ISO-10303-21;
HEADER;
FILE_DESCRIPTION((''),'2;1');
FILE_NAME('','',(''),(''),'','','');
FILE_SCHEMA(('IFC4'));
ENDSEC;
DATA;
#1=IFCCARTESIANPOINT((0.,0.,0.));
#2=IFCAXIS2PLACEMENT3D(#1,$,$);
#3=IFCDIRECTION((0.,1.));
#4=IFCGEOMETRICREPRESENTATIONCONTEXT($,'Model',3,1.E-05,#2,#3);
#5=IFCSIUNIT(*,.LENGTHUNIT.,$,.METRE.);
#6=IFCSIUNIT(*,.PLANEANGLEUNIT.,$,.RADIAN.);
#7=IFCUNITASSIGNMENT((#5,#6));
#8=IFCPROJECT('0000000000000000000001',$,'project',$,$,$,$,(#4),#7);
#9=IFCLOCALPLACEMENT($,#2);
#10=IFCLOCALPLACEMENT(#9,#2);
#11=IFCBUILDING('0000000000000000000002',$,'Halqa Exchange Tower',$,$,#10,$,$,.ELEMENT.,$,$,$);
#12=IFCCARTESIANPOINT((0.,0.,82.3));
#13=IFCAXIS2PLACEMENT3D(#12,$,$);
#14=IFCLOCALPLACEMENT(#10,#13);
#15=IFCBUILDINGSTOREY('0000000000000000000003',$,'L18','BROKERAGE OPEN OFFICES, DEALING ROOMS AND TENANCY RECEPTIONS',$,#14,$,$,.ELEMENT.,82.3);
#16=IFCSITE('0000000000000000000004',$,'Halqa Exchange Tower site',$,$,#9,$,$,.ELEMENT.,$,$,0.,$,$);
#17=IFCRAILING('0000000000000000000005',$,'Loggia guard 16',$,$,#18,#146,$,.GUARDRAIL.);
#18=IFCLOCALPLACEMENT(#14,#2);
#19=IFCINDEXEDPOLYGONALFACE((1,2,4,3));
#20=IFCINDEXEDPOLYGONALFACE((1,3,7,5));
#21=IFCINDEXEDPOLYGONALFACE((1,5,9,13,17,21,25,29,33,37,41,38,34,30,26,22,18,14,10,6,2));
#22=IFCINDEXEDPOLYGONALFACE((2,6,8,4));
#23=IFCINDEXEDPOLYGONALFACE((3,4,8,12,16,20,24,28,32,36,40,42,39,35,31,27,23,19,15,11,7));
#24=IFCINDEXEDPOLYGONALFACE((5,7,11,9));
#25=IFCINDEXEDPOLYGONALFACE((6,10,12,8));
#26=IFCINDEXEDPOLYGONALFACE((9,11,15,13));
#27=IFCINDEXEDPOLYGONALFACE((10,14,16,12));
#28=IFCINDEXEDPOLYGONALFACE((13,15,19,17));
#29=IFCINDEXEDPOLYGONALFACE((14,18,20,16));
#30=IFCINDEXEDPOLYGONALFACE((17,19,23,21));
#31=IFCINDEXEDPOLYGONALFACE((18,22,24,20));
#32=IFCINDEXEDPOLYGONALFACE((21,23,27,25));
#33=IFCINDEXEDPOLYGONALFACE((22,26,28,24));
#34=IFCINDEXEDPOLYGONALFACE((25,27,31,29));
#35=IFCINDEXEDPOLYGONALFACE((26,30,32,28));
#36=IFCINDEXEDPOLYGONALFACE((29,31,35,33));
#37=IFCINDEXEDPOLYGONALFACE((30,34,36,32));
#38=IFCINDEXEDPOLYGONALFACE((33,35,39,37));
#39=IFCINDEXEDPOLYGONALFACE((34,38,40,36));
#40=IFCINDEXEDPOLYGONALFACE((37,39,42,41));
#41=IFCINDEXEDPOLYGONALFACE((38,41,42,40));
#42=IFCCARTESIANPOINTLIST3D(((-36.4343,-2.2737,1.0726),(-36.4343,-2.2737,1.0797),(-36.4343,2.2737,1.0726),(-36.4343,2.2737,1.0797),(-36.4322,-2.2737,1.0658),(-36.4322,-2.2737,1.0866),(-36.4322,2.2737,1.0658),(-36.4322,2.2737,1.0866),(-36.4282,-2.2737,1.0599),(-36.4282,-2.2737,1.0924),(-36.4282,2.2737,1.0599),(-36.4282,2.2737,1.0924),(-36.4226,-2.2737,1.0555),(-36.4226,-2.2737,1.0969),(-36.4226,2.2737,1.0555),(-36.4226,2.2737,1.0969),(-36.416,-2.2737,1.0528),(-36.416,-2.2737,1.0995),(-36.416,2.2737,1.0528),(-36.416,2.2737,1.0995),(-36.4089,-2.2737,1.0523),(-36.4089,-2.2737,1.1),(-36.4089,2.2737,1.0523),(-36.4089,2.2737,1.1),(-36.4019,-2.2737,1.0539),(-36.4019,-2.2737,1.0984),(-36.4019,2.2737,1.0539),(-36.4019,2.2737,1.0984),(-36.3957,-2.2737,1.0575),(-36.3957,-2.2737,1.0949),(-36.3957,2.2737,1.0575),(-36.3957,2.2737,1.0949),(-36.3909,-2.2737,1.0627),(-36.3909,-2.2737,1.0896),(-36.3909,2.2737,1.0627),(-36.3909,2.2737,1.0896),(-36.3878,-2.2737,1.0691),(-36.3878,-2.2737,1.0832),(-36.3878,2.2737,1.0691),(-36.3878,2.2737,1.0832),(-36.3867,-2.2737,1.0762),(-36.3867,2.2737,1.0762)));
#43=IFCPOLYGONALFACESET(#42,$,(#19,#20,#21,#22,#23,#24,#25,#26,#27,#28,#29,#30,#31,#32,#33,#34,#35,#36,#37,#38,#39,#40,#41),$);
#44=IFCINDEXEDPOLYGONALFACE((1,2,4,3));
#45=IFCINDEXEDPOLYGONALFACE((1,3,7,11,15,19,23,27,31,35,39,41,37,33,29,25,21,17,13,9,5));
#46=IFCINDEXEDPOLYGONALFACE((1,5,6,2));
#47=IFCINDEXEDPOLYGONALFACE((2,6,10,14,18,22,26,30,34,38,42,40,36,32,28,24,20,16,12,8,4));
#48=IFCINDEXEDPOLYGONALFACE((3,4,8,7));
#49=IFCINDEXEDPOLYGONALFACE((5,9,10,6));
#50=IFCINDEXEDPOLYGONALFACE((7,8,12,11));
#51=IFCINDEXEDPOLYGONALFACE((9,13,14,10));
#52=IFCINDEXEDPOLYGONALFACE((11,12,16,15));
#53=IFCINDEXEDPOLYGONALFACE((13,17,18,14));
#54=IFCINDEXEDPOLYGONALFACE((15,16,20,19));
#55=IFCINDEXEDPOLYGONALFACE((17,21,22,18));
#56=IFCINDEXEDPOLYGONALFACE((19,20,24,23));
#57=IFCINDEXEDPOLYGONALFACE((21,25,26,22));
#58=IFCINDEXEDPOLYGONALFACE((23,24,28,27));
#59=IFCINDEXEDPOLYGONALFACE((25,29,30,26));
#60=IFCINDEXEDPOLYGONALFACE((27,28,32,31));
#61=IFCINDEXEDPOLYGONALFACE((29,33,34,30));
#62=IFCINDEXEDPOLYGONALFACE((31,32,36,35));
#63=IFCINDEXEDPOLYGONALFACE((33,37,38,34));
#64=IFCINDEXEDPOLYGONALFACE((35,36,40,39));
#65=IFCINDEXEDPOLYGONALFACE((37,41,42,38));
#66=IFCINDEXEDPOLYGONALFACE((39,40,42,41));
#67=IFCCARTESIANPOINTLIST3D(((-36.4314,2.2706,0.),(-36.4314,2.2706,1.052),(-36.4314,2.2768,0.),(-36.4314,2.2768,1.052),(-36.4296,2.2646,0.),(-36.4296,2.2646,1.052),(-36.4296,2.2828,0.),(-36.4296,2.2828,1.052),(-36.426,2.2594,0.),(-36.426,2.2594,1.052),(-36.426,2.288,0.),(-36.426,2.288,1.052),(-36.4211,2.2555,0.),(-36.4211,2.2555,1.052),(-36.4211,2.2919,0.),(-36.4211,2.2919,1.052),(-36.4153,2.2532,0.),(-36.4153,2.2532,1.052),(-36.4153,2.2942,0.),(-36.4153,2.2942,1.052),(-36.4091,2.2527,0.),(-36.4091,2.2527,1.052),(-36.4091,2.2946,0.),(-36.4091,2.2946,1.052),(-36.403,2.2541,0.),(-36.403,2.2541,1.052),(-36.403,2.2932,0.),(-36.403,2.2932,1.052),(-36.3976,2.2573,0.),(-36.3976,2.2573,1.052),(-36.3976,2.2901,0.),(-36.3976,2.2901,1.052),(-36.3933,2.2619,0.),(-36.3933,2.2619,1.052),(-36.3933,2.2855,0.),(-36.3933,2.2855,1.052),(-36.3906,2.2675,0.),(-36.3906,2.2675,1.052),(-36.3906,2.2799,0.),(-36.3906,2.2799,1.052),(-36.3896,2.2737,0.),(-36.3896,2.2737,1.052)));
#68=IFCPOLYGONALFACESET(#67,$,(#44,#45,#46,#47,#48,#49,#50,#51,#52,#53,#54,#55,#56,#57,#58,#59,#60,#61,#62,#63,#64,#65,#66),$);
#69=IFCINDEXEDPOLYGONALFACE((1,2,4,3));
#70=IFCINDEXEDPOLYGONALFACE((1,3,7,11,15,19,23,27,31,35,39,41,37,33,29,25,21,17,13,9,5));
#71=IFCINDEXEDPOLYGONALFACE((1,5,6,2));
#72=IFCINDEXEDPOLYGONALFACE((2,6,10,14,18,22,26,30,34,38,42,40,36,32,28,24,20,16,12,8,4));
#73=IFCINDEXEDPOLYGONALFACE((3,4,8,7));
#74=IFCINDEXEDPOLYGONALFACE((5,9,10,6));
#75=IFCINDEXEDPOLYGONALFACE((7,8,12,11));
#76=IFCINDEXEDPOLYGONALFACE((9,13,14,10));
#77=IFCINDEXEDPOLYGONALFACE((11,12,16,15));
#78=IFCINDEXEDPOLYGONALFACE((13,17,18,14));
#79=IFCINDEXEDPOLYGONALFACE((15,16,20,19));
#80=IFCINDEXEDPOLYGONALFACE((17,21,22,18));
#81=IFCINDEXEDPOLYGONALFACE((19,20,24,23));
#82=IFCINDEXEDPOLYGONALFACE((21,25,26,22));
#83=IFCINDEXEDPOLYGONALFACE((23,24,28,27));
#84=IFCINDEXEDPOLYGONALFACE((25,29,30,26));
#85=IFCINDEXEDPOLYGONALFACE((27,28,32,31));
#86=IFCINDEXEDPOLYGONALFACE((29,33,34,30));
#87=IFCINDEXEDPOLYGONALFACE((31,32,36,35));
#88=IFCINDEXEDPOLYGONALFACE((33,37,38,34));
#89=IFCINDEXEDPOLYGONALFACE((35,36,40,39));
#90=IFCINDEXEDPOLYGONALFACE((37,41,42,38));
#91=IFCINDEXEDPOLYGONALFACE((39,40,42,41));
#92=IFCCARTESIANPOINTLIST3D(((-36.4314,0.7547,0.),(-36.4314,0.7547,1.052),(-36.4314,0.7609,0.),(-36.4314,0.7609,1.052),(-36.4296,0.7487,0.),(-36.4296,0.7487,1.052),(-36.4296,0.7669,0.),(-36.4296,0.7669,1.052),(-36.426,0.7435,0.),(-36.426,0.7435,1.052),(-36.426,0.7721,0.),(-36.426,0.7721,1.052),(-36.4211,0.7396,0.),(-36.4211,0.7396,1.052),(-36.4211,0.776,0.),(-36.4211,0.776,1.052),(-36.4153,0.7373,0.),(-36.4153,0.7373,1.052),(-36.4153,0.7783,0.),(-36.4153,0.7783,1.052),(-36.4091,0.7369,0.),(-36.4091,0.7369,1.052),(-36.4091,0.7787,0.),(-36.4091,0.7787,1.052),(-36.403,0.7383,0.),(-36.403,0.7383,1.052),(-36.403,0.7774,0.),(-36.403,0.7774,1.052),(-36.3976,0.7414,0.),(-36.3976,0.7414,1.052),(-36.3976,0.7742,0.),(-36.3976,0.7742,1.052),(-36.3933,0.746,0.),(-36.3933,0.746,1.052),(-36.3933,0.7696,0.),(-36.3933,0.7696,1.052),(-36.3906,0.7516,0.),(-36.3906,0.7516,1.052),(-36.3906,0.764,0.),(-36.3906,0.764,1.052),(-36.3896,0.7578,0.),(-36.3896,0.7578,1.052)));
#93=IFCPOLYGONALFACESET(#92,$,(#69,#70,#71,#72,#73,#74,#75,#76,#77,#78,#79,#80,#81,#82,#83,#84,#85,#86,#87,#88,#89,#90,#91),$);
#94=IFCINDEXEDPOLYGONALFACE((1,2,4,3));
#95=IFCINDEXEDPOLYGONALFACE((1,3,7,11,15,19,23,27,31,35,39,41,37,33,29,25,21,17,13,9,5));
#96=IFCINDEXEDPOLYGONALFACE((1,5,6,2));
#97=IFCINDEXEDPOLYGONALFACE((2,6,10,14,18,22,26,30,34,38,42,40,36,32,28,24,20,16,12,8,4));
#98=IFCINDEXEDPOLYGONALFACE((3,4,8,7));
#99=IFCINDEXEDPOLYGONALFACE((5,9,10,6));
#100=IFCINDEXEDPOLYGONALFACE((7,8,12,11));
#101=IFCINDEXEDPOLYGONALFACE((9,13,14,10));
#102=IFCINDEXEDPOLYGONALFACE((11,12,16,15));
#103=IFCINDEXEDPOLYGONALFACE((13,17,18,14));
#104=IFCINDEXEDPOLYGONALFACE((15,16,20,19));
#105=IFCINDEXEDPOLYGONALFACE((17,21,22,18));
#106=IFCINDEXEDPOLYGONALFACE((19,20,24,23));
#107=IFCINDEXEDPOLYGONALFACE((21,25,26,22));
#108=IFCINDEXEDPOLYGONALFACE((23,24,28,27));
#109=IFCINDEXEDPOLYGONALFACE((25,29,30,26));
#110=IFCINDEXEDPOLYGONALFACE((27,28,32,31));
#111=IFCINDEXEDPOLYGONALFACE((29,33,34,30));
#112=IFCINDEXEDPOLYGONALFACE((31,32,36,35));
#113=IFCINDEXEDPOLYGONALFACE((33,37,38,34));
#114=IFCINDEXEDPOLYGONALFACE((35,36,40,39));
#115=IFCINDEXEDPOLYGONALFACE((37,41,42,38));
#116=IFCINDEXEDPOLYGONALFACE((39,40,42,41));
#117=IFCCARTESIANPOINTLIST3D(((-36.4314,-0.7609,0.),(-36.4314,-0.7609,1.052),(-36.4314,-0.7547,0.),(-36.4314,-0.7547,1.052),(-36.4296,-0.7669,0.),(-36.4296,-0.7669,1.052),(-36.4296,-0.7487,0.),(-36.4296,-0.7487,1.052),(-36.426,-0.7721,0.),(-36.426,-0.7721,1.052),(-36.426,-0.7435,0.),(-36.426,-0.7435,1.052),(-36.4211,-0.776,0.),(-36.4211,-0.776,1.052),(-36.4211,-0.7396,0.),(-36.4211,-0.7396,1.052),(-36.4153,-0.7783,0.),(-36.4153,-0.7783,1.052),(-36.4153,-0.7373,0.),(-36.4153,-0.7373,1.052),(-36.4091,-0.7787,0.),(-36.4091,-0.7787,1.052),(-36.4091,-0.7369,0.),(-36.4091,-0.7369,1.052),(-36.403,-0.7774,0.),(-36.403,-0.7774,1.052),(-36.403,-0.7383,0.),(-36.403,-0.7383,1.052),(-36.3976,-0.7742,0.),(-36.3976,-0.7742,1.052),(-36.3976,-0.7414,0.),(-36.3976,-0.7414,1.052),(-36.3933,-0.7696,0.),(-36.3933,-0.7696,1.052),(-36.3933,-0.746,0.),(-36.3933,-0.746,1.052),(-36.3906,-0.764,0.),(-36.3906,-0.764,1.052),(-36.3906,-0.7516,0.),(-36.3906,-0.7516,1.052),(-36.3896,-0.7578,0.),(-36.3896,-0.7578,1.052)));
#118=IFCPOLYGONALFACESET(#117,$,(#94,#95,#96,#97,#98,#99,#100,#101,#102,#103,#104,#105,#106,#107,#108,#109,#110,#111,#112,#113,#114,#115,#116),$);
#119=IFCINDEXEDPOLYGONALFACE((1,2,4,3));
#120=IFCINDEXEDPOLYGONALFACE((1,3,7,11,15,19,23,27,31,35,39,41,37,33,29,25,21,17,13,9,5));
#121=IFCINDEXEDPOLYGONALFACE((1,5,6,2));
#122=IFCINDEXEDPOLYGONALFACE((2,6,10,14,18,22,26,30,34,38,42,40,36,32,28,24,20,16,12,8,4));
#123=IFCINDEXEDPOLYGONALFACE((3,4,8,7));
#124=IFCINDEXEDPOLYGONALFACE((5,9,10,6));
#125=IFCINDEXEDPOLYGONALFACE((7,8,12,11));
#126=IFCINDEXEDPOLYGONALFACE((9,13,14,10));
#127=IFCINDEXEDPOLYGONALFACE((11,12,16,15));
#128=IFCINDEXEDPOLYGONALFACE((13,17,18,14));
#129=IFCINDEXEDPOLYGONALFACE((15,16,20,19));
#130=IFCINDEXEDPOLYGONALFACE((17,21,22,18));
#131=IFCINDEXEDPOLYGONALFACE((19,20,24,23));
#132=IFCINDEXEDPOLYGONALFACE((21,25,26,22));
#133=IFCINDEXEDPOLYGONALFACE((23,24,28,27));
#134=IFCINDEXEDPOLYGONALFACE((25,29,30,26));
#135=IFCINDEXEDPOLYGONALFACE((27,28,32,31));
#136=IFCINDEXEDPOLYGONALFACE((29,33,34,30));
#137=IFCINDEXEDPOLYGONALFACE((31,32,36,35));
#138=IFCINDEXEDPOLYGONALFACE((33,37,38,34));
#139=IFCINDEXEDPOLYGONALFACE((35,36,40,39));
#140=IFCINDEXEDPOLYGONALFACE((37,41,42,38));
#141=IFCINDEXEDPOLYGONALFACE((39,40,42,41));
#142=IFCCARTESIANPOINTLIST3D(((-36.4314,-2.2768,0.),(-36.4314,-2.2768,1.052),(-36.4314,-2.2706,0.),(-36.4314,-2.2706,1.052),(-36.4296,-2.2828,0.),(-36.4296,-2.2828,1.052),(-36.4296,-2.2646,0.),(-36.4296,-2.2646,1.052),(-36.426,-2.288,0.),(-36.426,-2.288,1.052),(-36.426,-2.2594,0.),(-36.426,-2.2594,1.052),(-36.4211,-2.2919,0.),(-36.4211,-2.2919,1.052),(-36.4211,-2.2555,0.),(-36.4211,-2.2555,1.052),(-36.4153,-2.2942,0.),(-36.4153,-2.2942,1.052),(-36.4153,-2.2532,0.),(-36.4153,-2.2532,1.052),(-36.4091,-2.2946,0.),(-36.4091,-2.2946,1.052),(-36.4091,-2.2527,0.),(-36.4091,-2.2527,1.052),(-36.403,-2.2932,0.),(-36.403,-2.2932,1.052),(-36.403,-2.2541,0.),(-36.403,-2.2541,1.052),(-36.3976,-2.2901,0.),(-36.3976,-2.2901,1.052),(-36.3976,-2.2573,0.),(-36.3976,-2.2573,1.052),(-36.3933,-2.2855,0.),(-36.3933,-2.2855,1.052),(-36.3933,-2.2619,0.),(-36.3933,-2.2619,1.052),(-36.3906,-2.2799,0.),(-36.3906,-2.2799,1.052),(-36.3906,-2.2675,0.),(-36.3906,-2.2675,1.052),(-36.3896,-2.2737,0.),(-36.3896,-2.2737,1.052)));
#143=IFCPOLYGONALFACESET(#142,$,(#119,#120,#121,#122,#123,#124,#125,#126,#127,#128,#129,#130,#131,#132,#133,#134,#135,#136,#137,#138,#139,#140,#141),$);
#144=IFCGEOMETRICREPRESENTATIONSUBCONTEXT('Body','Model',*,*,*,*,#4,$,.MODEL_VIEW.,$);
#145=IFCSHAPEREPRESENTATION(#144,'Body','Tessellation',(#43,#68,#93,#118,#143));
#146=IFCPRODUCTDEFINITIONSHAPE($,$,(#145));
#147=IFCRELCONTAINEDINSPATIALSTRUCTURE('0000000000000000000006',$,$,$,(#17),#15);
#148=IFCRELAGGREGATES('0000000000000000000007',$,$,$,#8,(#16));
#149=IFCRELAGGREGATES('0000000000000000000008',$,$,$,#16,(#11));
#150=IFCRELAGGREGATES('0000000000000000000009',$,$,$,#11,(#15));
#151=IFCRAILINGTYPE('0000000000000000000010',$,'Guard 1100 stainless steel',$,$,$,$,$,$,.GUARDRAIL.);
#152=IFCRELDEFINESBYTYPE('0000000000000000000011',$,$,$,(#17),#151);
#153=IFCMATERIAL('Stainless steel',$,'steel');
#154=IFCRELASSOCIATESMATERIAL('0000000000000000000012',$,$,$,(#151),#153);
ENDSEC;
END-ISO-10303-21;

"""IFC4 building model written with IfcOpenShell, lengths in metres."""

from ifc_helpers import new_model, si_unit, direction, frame, origin, origin_2d, place, context, subcontext, project, spatial, circle, extrude, material, type_object, element, save


model = new_model("IFC4")

# Units and contexts
model_context = context("Model", 3, precision=1e-05, world=origin(), true_north=direction((0.0, 1.0)))
body_context = subcontext(model_context, "Body", "Model", "MODEL_VIEW")
ifc_project = project(units=[si_unit("LENGTHUNIT", "METRE"), si_unit("PLANEANGLEUNIT", "RADIAN")], contexts=[model_context])

# Site, building, storey
site_placement = place(None, origin())
site = spatial("IfcSite", under=ifc_project, at=site_placement, Name="Halqa Exchange Tower site", CompositionType="ELEMENT", RefElevation=0.0)
building_placement = place(site_placement, origin())
building = spatial("IfcBuilding", under=site, at=building_placement, Name="Halqa Exchange Tower", CompositionType="ELEMENT")
storey_placement = place(building_placement, frame((0.0, 0.0, 82.3)))
storey = spatial("IfcBuildingStorey", under=building, at=storey_placement, Name="L18", Description="BROKERAGE OPEN OFFICES, DEALING ROOMS AND TENANCY RECEPTIONS", CompositionType="ELEMENT", Elevation=82.3)

# Railing
ifc_material_1 = material(Name="Stainless steel", Category="steel")
railing_type = type_object("IfcRailingType", Name="Guard 1100 stainless steel", PredefinedType="GUARDRAIL", material=ifc_material_1)
railing_1_placement = place(storey_placement, frame((-36.4106, 2.2737, 0.0)))
element("IfcRailing", 1, at=railing_1_placement, inside=storey, type_object=railing_type, Name="Loggia guard 16", PredefinedType="GUARDRAIL", context=body_context, shape_type="SweptSolid", body=[
    extrude(circle(Radius=0.0239, at=origin_2d()), frame((0.0, 0.0, 1.0762), z_axis=(0.0, -1.0, 0.0), x_axis=(1.0, 0.0, 0.0)), (0.0, 0.0, 1.0), 4.5474),
    extrude(circle(Radius=0.021, at=origin_2d()), origin(), (0.0, 0.0, 1.0), 1.052),
    extrude(circle(Radius=0.021, at=origin_2d()), frame((0.0, -1.5159, 0.0)), (0.0, 0.0, 1.0), 1.052),
    extrude(circle(Radius=0.021, at=origin_2d()), frame((0.0, -3.0315, 0.0)), (0.0, 0.0, 1.0), 1.052),
    extrude(circle(Radius=0.021, at=origin_2d()), frame((0.0, -4.5474, 0.0)), (0.0, 0.0, 1.0), 1.052),
])

save(model, "model.ifc")
